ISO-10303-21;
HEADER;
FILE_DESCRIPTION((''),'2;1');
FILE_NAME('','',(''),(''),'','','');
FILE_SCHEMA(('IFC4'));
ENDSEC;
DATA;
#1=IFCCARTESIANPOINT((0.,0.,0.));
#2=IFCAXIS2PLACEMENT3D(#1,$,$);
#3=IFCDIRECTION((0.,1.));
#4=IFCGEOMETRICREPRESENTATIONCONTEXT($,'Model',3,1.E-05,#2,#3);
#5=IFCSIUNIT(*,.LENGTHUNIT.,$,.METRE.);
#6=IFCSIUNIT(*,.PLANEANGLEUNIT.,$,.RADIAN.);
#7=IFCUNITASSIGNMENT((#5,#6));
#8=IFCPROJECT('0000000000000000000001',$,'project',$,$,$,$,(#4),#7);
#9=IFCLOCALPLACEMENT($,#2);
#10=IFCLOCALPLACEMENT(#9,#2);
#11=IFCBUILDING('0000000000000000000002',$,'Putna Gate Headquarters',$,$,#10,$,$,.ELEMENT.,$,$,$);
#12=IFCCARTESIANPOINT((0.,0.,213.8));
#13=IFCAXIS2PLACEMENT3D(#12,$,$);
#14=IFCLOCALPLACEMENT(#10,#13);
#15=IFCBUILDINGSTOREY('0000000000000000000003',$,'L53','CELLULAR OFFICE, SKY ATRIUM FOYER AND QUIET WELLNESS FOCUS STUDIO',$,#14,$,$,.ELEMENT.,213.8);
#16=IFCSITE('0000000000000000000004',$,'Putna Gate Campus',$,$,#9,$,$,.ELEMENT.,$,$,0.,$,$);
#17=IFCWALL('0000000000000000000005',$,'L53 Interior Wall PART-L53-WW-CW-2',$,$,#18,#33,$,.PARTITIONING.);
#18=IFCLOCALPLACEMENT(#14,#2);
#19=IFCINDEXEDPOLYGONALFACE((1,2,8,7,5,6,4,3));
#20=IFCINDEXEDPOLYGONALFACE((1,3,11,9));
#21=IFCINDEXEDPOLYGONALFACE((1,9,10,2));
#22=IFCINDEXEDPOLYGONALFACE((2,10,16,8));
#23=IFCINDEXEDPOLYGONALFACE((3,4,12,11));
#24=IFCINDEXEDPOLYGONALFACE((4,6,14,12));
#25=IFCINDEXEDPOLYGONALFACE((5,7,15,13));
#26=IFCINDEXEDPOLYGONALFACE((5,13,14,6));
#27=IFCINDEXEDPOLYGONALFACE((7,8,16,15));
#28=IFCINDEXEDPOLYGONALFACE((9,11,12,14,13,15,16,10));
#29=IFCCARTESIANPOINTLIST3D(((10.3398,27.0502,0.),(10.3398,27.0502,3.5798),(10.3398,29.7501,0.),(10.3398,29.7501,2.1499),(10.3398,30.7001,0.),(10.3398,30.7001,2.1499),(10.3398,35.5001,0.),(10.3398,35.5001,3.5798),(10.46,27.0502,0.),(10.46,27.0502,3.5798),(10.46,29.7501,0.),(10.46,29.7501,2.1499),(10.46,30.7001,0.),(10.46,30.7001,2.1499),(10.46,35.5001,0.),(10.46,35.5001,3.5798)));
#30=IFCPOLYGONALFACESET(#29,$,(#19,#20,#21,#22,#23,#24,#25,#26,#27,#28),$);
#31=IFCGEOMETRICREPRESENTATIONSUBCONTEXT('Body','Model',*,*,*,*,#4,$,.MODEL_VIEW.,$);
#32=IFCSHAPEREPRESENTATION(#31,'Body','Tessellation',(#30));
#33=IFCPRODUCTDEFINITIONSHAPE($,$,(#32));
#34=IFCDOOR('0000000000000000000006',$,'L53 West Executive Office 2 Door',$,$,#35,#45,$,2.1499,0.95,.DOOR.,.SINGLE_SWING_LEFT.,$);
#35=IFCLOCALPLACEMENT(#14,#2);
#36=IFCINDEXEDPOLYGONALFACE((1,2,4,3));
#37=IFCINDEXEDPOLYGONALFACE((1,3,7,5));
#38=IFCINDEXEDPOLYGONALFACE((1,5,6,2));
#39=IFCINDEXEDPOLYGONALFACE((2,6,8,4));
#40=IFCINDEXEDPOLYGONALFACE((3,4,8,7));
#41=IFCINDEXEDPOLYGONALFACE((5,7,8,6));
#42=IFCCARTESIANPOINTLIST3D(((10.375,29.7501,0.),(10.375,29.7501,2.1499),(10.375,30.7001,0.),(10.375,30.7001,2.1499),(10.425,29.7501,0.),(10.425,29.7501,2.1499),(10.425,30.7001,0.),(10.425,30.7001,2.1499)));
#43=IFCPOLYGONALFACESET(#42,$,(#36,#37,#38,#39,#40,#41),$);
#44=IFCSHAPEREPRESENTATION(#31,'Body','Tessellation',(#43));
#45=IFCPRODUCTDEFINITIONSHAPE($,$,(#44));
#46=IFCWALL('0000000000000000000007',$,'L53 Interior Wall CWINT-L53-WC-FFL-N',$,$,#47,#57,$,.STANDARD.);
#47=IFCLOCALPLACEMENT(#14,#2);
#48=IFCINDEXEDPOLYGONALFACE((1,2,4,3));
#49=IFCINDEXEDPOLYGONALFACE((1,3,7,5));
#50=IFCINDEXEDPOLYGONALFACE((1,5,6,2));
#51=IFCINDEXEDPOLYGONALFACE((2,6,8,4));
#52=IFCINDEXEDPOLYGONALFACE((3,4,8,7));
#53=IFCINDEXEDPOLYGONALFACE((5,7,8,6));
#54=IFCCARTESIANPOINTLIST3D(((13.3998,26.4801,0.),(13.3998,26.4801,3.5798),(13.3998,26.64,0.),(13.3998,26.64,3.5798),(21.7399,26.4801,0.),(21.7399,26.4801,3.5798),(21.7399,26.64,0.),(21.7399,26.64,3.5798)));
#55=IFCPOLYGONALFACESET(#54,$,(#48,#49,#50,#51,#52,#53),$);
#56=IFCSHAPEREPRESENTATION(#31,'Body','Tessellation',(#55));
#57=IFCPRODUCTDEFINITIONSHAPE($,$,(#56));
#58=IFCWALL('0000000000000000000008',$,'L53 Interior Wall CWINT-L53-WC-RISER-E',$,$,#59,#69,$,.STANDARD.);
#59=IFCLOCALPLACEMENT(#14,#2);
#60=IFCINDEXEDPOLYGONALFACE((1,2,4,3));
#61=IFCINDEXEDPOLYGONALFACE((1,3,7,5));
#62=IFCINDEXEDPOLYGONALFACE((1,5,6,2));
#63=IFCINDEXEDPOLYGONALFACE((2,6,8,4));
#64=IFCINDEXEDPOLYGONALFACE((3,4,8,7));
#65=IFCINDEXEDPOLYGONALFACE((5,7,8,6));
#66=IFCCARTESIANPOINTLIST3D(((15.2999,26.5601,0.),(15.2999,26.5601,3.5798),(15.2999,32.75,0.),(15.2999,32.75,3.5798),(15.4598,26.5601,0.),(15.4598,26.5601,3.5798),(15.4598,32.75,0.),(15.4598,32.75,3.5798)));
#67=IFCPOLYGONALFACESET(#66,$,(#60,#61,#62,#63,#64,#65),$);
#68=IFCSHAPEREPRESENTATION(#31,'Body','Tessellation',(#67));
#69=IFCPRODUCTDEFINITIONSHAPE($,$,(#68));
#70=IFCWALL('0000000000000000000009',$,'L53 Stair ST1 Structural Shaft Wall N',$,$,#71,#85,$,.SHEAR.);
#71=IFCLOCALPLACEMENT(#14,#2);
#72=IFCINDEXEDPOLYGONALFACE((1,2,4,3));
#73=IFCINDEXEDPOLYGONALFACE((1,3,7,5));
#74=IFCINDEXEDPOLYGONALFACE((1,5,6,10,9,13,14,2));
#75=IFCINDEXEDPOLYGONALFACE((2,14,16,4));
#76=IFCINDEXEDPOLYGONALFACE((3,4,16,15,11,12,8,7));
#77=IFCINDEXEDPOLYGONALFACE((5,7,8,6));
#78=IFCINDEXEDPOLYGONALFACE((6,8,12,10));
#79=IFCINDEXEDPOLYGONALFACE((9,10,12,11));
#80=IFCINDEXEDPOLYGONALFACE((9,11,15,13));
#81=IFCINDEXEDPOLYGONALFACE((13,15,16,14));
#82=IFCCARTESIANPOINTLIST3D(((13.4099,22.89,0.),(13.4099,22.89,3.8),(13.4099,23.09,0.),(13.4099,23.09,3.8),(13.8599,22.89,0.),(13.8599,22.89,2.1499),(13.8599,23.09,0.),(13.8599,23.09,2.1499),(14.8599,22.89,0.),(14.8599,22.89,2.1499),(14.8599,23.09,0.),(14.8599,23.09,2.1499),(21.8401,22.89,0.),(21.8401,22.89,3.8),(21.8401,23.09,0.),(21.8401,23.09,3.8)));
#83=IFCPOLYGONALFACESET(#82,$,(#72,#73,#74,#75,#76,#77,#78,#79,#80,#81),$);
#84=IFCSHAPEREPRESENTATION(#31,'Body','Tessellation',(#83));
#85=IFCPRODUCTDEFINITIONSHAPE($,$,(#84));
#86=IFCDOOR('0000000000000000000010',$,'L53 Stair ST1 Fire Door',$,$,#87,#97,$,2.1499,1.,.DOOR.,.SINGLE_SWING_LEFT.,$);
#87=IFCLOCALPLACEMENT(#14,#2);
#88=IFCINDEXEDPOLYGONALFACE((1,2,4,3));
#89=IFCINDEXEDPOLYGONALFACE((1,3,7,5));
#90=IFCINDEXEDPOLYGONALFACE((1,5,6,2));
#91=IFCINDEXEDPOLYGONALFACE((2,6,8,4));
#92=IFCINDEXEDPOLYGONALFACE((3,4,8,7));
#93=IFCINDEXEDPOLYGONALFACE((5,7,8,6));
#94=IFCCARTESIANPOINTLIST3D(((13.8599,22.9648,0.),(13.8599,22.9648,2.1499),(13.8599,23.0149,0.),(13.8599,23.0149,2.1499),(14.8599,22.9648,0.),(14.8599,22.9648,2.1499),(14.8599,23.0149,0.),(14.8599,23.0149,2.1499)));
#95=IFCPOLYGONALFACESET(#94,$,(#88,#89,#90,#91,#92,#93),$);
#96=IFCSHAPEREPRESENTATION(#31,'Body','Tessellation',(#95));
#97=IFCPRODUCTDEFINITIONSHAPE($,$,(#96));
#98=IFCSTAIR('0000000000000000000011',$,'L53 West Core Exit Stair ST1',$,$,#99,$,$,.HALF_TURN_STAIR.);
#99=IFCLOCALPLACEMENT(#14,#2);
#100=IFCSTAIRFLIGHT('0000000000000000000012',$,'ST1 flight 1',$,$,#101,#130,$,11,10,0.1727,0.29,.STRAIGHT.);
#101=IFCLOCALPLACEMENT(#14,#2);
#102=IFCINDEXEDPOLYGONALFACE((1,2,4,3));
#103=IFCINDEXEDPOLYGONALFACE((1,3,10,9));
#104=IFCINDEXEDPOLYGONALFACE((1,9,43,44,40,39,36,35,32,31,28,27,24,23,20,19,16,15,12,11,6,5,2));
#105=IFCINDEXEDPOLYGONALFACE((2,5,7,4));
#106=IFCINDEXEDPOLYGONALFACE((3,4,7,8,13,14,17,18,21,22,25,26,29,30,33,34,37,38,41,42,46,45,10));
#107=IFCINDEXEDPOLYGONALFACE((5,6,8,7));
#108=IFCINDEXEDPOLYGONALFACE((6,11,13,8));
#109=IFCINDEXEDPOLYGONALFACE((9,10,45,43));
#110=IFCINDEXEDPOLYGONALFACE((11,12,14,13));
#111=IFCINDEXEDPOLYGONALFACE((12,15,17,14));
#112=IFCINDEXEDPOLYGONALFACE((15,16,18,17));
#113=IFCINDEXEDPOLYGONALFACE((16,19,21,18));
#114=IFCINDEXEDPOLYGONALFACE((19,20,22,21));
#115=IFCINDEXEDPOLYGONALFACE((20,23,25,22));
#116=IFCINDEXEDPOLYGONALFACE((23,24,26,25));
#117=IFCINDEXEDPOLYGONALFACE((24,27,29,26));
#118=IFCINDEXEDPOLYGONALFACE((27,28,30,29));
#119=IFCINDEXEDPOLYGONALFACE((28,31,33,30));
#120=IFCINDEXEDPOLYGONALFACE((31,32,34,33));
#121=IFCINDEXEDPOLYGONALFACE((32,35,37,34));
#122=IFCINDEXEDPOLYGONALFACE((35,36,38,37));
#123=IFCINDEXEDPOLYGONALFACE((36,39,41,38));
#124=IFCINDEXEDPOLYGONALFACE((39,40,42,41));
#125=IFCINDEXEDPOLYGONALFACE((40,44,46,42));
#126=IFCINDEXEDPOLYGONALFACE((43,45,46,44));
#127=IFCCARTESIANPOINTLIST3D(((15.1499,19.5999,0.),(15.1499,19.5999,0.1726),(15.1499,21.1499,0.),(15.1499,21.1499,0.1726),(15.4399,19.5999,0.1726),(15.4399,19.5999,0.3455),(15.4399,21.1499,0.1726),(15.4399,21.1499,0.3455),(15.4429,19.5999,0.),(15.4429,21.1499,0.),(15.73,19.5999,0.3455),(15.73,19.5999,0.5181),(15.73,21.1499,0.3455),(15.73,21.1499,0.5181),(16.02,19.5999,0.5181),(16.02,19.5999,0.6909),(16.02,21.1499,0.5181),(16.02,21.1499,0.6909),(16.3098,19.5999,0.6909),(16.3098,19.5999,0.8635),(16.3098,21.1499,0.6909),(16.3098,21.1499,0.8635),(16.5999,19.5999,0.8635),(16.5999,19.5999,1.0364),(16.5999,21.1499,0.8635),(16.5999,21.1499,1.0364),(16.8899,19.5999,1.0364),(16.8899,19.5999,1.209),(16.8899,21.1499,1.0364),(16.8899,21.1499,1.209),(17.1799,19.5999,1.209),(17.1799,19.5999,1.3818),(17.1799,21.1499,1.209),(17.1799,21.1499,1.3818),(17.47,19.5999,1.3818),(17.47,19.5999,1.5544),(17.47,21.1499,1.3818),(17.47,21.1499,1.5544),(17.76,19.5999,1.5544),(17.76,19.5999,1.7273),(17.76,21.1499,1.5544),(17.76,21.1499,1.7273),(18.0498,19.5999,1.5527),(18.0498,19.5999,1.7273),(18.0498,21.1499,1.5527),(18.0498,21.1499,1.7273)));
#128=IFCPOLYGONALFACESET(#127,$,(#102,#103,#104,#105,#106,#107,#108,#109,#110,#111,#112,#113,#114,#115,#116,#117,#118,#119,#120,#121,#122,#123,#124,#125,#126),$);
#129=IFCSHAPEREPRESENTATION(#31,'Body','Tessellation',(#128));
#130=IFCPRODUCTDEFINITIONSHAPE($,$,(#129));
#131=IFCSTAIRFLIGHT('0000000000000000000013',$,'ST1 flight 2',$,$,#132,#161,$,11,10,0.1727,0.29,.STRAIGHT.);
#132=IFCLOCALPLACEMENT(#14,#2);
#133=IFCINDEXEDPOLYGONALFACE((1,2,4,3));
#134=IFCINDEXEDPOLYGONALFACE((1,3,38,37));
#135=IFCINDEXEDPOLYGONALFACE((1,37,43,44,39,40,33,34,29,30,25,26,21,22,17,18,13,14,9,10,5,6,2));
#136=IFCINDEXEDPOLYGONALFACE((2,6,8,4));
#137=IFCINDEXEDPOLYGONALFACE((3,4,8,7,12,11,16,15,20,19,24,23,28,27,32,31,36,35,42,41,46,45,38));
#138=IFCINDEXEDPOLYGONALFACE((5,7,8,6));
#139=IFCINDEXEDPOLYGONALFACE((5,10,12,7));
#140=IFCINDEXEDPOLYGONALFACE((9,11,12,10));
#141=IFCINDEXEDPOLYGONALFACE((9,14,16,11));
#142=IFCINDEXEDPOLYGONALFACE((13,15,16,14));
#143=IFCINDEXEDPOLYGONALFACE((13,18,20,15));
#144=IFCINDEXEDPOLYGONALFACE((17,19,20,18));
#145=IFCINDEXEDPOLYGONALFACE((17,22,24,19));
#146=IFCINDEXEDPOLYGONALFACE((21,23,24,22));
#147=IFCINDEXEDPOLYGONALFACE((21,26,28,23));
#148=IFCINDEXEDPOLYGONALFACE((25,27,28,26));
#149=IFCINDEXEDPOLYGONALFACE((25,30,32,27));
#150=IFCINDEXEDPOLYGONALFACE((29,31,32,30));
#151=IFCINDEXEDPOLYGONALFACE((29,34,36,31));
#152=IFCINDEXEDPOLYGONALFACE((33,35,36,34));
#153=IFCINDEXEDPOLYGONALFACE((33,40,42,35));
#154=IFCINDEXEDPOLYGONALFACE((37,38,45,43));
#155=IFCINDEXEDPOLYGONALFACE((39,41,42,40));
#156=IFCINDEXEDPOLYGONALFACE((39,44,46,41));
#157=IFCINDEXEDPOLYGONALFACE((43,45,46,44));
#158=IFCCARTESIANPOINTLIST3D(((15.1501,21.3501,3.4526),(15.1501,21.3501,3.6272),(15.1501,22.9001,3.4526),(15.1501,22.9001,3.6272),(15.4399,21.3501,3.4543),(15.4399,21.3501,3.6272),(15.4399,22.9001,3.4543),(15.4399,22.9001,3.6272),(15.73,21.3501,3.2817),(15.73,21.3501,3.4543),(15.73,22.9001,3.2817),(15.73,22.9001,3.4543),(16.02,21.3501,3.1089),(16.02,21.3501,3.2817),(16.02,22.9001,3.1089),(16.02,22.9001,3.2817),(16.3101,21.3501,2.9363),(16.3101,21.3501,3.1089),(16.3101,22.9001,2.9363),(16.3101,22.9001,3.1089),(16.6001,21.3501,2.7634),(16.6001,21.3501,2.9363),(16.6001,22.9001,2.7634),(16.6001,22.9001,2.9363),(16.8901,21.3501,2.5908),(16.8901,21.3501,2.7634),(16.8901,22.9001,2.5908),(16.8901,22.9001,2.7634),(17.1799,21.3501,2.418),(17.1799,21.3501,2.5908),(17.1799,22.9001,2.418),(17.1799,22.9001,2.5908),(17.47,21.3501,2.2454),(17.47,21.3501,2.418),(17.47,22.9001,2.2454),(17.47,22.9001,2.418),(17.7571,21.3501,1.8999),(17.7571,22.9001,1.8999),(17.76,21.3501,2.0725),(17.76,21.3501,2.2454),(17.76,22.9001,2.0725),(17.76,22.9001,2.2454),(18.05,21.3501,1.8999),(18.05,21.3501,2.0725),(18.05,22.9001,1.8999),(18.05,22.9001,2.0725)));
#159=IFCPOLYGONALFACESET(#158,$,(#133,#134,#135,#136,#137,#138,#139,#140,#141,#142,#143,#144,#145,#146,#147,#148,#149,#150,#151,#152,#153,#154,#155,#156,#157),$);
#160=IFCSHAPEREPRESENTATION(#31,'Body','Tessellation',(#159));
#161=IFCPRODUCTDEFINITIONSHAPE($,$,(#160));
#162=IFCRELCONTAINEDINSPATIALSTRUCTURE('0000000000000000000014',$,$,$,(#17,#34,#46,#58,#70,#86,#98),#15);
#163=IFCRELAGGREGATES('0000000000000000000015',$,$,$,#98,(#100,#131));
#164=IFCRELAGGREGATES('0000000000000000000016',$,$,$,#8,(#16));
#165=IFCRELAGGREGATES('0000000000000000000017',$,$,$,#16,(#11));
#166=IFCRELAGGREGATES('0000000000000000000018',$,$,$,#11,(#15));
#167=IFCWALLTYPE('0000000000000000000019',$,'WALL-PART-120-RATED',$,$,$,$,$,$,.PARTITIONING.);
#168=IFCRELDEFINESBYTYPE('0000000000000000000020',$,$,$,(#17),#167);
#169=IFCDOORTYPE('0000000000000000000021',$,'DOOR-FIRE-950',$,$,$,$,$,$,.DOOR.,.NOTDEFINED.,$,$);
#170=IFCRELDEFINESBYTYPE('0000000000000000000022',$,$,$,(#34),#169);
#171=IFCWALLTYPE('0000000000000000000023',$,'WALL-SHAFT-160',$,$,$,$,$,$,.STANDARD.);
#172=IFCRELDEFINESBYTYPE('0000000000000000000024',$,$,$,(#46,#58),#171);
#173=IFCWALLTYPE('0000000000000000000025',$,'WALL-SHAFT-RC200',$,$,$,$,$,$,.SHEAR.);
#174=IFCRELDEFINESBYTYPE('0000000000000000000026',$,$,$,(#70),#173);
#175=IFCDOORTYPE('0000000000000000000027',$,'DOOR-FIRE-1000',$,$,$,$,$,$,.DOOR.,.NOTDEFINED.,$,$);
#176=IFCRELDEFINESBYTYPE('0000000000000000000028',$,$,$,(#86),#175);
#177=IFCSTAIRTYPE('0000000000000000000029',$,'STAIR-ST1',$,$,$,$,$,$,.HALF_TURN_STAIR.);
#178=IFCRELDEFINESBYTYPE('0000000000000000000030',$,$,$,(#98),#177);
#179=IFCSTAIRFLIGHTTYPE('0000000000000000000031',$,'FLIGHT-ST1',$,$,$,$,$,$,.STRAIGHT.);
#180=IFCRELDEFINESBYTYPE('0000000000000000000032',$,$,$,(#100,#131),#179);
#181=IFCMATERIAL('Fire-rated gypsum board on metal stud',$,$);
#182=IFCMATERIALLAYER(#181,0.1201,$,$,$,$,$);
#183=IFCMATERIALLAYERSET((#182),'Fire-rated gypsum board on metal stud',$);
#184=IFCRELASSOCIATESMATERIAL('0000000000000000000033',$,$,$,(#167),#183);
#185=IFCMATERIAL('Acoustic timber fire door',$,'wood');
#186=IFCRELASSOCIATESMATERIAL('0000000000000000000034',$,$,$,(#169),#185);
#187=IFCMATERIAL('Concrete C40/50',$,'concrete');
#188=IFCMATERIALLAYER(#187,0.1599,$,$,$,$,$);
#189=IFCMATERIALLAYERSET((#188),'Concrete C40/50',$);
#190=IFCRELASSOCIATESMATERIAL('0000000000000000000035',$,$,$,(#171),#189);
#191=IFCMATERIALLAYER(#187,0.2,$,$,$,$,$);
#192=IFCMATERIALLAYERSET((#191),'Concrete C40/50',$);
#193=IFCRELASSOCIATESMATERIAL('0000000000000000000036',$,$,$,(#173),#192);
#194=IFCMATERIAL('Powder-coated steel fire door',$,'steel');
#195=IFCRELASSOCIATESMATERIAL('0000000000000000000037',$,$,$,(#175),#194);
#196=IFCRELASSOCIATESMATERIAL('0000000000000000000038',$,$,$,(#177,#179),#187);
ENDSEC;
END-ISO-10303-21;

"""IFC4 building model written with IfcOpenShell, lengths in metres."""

from ifc_helpers import new_model, si_unit, direction, frame, frame_2d, origin, place, context, subcontext, project, spatial, polyline, rectangle, outline, extrude, material, layer, layer_set, type_object, element, fill, aggregate, save


model = new_model("IFC4")

# Units and contexts
model_context = context("Model", 3, precision=1e-05, world=origin(), true_north=direction((0.0, 1.0)))
body_context = subcontext(model_context, "Body", "Model", "MODEL_VIEW")
ifc_project = project(units=[si_unit("LENGTHUNIT", "METRE"), si_unit("PLANEANGLEUNIT", "RADIAN")], contexts=[model_context])

# Site, building, storey
site_placement = place(None, origin())
site = spatial("IfcSite", under=ifc_project, at=site_placement, Name="Putna Gate Campus", CompositionType="ELEMENT", RefElevation=0.0)
building_placement = place(site_placement, origin())
building = spatial("IfcBuilding", under=site, at=building_placement, Name="Putna Gate Headquarters", CompositionType="ELEMENT")
storey_placement = place(building_placement, frame((0.0, 0.0, 213.8)))
storey = spatial("IfcBuildingStorey", under=building, at=storey_placement, Name="L53", Description="CELLULAR OFFICE, SKY ATRIUM FOYER AND QUIET WELLNESS FOCUS STUDIO", CompositionType="ELEMENT", Elevation=213.8)

# Shared definitions
ifc_material_1 = material(Name="Fire-rated gypsum board on metal stud")
ifc_layer_1 = layer(ifc_material_1, 0.1201)
ifc_layer_set_1 = layer_set([ifc_layer_1], Name="Fire-rated gypsum board on metal stud")
wall_type_1 = type_object("IfcWallType", Name="WALL-PART-120-RATED", PredefinedType="PARTITIONING", material=ifc_layer_set_1)

# Wall, opening, door
wall_1_placement = place(storey_placement, frame((10.3999, 27.05, 0.0), z_axis=(0.0, 0.0, 1.0), x_axis=(0.0, 1.0, 0.0)))
wall_1 = element("IfcWall", 1, at=wall_1_placement, inside=storey, type_object=wall_type_1, Name="L53 Interior Wall PART-L53-WW-CW-2", PredefinedType="PARTITIONING", context=body_context, shape_type="SweptSolid", body=[
    extrude(rectangle(XDim=8.45, YDim=0.1201, at=frame_2d((4.2251, 0.0))), origin(), (0.0, 0.0, 1.0), 3.5798),
])
opening_1_placement = place(wall_1_placement, frame((2.7, 0.0, 0.0)))
opening_1 = element("IfcOpeningElement", 2, at=opening_1_placement, cuts=wall_1, PredefinedType="OPENING", context=body_context, shape_type="SweptSolid", body=[
    extrude(rectangle(XDim=0.95, YDim=2.1499, at=frame_2d((0.4751, 1.075))), frame((0.0, 0.0701, 0.0), z_axis=(0.0, -1.0, 0.0), x_axis=(1.0, 0.0, 0.0)), (0.0, 0.0, 1.0), 0.1401),
])
ifc_material_2 = material(Name="Acoustic timber fire door", Category="wood")
door_type_1 = type_object("IfcDoorType", Name="DOOR-FIRE-950", OperationType="NOTDEFINED", PredefinedType="DOOR", material=ifc_material_2)
door_1_placement = place(opening_1_placement, origin())
door_1 = element("IfcDoor", 3, at=door_1_placement, inside=storey, type_object=door_type_1, Name="L53 West Executive Office 2 Door", OperationType="SINGLE_SWING_LEFT", OverallHeight=2.1499, OverallWidth=0.95, PredefinedType="DOOR", context=body_context, shape_type="SweptSolid", body=[
    extrude(rectangle(XDim=0.95, YDim=2.1499, at=frame_2d((0.4751, 1.075))), frame((0.0, 0.0249, 0.0), z_axis=(0.0, -1.0, 0.0), x_axis=(1.0, 0.0, 0.0)), (0.0, 0.0, 1.0), 0.05),
])
fill(opening_1, door_1)

# Walls
ifc_material_3 = material(Name="Concrete C40/50", Category="concrete")
ifc_layer_2 = layer(ifc_material_3, 0.1599)
ifc_layer_set_2 = layer_set([ifc_layer_2], Name="Concrete C40/50")
wall_type_2 = type_object("IfcWallType", Name="WALL-SHAFT-160", PredefinedType="STANDARD", material=ifc_layer_set_2)
wall_2_placement = place(storey_placement, frame((13.3999, 26.5601, 0.0), z_axis=(0.0, 0.0, 1.0), x_axis=(1.0, 0.0, 0.0)))
element("IfcWall", 4, at=wall_2_placement, inside=storey, type_object=wall_type_2, Name="L53 Interior Wall CWINT-L53-WC-FFL-N", PredefinedType="STANDARD", context=body_context, shape_type="SweptSolid", body=[
    extrude(rectangle(XDim=8.3401, YDim=0.1599, at=frame_2d((4.1699, 0.0))), origin(), (0.0, 0.0, 1.0), 3.5798),
])
wall_3_placement = place(storey_placement, frame((15.3799, 26.5601, 0.0), z_axis=(0.0, 0.0, 1.0), x_axis=(0.0, 1.0, 0.0)))
element("IfcWall", 5, at=wall_3_placement, inside=storey, type_object=wall_type_2, Name="L53 Interior Wall CWINT-L53-WC-RISER-E", PredefinedType="STANDARD", context=body_context, shape_type="SweptSolid", body=[
    extrude(rectangle(XDim=6.1899, YDim=0.1599, at=frame_2d((3.095, 0.0))), origin(), (0.0, 0.0, 1.0), 3.5798),
])

# Wall, opening, door
ifc_layer_3 = layer(ifc_material_3, 0.2)
ifc_layer_set_3 = layer_set([ifc_layer_3], Name="Concrete C40/50")
wall_type_3 = type_object("IfcWallType", Name="WALL-SHAFT-RC200", PredefinedType="SHEAR", material=ifc_layer_set_3)
wall_4_placement = place(storey_placement, frame((13.4099, 22.99, 0.0), z_axis=(0.0, 0.0, 1.0), x_axis=(1.0, 0.0, 0.0)))
wall_4 = element("IfcWall", 6, at=wall_4_placement, inside=storey, type_object=wall_type_3, Name="L53 Stair ST1 Structural Shaft Wall N", PredefinedType="SHEAR", context=body_context, shape_type="SweptSolid", body=[
    extrude(rectangle(XDim=8.4302, YDim=0.2, at=frame_2d((4.2151, 0.0))), origin(), (0.0, 0.0, 1.0), 3.8),
])
opening_2_placement = place(wall_4_placement, frame((0.45, 0.0, 0.0)))
opening_2 = element("IfcOpeningElement", 7, at=opening_2_placement, cuts=wall_4, PredefinedType="OPENING", context=body_context, shape_type="SweptSolid", body=[
    extrude(rectangle(XDim=1.0, YDim=2.1499, at=frame_2d((0.5, 1.075))), frame((0.0, 0.1099, 0.0), z_axis=(0.0, -1.0, 0.0), x_axis=(1.0, 0.0, 0.0)), (0.0, 0.0, 1.0), 0.22),
])
ifc_material_4 = material(Name="Powder-coated steel fire door", Category="steel")
door_type_2 = type_object("IfcDoorType", Name="DOOR-FIRE-1000", OperationType="NOTDEFINED", PredefinedType="DOOR", material=ifc_material_4)
door_2_placement = place(opening_2_placement, origin())
door_2 = element("IfcDoor", 8, at=door_2_placement, inside=storey, type_object=door_type_2, Name="L53 Stair ST1 Fire Door", OperationType="SINGLE_SWING_LEFT", OverallHeight=2.1499, OverallWidth=1.0, PredefinedType="DOOR", context=body_context, shape_type="SweptSolid", body=[
    extrude(rectangle(XDim=1.0, YDim=2.1499, at=frame_2d((0.5, 1.075))), frame((0.0, 0.0249, 0.0), z_axis=(0.0, -1.0, 0.0), x_axis=(1.0, 0.0, 0.0)), (0.0, 0.0, 1.0), 0.05),
])
fill(opening_2, door_2)

# Stair, stair flights
stair_type = type_object("IfcStairType", Name="STAIR-ST1", PredefinedType="HALF_TURN_STAIR", material=ifc_material_3)
stair_placement = place(storey_placement, origin())
stair = element("IfcStair", 9, at=stair_placement, inside=storey, type_object=stair_type, Name="L53 West Core Exit Stair ST1", PredefinedType="HALF_TURN_STAIR")
stair_flight_type = type_object("IfcStairFlightType", Name="FLIGHT-ST1", PredefinedType="STRAIGHT", material=ifc_material_3)
stair_flight_1_placement = place(storey_placement, frame((15.1499, 20.375, 0.0), z_axis=(0.0, 0.0, 1.0), x_axis=(1.0, 0.0, 0.0)))
stair_flight_1 = element("IfcStairFlight", 10, at=stair_flight_1_placement, type_object=stair_flight_type, Name="ST1 flight 1", NumberOfRisers=11, NumberOfTreads=10, PredefinedType="STRAIGHT", RiserHeight=0.1727, TreadLength=0.29, context=body_context, shape_type="SweptSolid", body=[
    extrude(outline(polyline([(0.0, 0.0), (0.0, 0.1726), (0.29, 0.1726), (0.29, 0.3455), (0.5801, 0.3455), (0.5801, 0.5181), (0.8701, 0.5181), (0.8701, 0.6909), (1.1599, 0.6909), (1.1599, 0.8635), (1.45, 0.8635), (1.45, 1.0364), (1.74, 1.0364), (1.74, 1.209), (2.03, 1.209), (2.03, 1.3818), (2.3201, 1.3818), (2.3201, 1.5544), (2.6101, 1.5544), (2.6101, 1.7273), (2.8999, 1.7273), (2.8999, 1.8999), (2.8999, 1.5527), (0.293, 0.0), (0.0, 0.0)])), frame((0.0, 0.7749, 0.0), z_axis=(0.0, -1.0, 0.0), x_axis=(1.0, 0.0, 0.0)), (0.0, 0.0, 1.0), 1.55),
])
stair_flight_2_placement = place(storey_placement, frame((18.05, 22.125, 1.8999), z_axis=(0.0, 0.0, 1.0), x_axis=(-1.0, 0.0, 0.0)))
stair_flight_2 = element("IfcStairFlight", 11, at=stair_flight_2_placement, type_object=stair_flight_type, Name="ST1 flight 2", NumberOfRisers=11, NumberOfTreads=10, PredefinedType="STRAIGHT", RiserHeight=0.1727, TreadLength=0.29, context=body_context, shape_type="SweptSolid", body=[
    extrude(outline(polyline([(0.0, 0.0), (0.0, 0.1726), (0.29, 0.1726), (0.29, 0.3455), (0.5801, 0.3455), (0.5801, 0.5181), (0.8701, 0.5181), (0.8701, 0.6909), (1.1599, 0.6909), (1.1599, 0.8635), (1.45, 0.8635), (1.45, 1.0364), (1.74, 1.0364), (1.74, 1.209), (2.03, 1.209), (2.03, 1.3818), (2.3201, 1.3818), (2.3201, 1.5544), (2.6101, 1.5544), (2.6101, 1.7273), (2.8999, 1.7273), (2.8999, 1.8999), (2.8999, 1.5527), (0.293, 0.0), (0.0, 0.0)])), frame((0.0, 0.7749, 0.0), z_axis=(0.0, -1.0, 0.0), x_axis=(1.0, 0.0, 0.0)), (0.0, 0.0, 1.0), 1.55),
])
aggregate(stair, [stair_flight_1, stair_flight_2])

save(model, "model.ifc")
